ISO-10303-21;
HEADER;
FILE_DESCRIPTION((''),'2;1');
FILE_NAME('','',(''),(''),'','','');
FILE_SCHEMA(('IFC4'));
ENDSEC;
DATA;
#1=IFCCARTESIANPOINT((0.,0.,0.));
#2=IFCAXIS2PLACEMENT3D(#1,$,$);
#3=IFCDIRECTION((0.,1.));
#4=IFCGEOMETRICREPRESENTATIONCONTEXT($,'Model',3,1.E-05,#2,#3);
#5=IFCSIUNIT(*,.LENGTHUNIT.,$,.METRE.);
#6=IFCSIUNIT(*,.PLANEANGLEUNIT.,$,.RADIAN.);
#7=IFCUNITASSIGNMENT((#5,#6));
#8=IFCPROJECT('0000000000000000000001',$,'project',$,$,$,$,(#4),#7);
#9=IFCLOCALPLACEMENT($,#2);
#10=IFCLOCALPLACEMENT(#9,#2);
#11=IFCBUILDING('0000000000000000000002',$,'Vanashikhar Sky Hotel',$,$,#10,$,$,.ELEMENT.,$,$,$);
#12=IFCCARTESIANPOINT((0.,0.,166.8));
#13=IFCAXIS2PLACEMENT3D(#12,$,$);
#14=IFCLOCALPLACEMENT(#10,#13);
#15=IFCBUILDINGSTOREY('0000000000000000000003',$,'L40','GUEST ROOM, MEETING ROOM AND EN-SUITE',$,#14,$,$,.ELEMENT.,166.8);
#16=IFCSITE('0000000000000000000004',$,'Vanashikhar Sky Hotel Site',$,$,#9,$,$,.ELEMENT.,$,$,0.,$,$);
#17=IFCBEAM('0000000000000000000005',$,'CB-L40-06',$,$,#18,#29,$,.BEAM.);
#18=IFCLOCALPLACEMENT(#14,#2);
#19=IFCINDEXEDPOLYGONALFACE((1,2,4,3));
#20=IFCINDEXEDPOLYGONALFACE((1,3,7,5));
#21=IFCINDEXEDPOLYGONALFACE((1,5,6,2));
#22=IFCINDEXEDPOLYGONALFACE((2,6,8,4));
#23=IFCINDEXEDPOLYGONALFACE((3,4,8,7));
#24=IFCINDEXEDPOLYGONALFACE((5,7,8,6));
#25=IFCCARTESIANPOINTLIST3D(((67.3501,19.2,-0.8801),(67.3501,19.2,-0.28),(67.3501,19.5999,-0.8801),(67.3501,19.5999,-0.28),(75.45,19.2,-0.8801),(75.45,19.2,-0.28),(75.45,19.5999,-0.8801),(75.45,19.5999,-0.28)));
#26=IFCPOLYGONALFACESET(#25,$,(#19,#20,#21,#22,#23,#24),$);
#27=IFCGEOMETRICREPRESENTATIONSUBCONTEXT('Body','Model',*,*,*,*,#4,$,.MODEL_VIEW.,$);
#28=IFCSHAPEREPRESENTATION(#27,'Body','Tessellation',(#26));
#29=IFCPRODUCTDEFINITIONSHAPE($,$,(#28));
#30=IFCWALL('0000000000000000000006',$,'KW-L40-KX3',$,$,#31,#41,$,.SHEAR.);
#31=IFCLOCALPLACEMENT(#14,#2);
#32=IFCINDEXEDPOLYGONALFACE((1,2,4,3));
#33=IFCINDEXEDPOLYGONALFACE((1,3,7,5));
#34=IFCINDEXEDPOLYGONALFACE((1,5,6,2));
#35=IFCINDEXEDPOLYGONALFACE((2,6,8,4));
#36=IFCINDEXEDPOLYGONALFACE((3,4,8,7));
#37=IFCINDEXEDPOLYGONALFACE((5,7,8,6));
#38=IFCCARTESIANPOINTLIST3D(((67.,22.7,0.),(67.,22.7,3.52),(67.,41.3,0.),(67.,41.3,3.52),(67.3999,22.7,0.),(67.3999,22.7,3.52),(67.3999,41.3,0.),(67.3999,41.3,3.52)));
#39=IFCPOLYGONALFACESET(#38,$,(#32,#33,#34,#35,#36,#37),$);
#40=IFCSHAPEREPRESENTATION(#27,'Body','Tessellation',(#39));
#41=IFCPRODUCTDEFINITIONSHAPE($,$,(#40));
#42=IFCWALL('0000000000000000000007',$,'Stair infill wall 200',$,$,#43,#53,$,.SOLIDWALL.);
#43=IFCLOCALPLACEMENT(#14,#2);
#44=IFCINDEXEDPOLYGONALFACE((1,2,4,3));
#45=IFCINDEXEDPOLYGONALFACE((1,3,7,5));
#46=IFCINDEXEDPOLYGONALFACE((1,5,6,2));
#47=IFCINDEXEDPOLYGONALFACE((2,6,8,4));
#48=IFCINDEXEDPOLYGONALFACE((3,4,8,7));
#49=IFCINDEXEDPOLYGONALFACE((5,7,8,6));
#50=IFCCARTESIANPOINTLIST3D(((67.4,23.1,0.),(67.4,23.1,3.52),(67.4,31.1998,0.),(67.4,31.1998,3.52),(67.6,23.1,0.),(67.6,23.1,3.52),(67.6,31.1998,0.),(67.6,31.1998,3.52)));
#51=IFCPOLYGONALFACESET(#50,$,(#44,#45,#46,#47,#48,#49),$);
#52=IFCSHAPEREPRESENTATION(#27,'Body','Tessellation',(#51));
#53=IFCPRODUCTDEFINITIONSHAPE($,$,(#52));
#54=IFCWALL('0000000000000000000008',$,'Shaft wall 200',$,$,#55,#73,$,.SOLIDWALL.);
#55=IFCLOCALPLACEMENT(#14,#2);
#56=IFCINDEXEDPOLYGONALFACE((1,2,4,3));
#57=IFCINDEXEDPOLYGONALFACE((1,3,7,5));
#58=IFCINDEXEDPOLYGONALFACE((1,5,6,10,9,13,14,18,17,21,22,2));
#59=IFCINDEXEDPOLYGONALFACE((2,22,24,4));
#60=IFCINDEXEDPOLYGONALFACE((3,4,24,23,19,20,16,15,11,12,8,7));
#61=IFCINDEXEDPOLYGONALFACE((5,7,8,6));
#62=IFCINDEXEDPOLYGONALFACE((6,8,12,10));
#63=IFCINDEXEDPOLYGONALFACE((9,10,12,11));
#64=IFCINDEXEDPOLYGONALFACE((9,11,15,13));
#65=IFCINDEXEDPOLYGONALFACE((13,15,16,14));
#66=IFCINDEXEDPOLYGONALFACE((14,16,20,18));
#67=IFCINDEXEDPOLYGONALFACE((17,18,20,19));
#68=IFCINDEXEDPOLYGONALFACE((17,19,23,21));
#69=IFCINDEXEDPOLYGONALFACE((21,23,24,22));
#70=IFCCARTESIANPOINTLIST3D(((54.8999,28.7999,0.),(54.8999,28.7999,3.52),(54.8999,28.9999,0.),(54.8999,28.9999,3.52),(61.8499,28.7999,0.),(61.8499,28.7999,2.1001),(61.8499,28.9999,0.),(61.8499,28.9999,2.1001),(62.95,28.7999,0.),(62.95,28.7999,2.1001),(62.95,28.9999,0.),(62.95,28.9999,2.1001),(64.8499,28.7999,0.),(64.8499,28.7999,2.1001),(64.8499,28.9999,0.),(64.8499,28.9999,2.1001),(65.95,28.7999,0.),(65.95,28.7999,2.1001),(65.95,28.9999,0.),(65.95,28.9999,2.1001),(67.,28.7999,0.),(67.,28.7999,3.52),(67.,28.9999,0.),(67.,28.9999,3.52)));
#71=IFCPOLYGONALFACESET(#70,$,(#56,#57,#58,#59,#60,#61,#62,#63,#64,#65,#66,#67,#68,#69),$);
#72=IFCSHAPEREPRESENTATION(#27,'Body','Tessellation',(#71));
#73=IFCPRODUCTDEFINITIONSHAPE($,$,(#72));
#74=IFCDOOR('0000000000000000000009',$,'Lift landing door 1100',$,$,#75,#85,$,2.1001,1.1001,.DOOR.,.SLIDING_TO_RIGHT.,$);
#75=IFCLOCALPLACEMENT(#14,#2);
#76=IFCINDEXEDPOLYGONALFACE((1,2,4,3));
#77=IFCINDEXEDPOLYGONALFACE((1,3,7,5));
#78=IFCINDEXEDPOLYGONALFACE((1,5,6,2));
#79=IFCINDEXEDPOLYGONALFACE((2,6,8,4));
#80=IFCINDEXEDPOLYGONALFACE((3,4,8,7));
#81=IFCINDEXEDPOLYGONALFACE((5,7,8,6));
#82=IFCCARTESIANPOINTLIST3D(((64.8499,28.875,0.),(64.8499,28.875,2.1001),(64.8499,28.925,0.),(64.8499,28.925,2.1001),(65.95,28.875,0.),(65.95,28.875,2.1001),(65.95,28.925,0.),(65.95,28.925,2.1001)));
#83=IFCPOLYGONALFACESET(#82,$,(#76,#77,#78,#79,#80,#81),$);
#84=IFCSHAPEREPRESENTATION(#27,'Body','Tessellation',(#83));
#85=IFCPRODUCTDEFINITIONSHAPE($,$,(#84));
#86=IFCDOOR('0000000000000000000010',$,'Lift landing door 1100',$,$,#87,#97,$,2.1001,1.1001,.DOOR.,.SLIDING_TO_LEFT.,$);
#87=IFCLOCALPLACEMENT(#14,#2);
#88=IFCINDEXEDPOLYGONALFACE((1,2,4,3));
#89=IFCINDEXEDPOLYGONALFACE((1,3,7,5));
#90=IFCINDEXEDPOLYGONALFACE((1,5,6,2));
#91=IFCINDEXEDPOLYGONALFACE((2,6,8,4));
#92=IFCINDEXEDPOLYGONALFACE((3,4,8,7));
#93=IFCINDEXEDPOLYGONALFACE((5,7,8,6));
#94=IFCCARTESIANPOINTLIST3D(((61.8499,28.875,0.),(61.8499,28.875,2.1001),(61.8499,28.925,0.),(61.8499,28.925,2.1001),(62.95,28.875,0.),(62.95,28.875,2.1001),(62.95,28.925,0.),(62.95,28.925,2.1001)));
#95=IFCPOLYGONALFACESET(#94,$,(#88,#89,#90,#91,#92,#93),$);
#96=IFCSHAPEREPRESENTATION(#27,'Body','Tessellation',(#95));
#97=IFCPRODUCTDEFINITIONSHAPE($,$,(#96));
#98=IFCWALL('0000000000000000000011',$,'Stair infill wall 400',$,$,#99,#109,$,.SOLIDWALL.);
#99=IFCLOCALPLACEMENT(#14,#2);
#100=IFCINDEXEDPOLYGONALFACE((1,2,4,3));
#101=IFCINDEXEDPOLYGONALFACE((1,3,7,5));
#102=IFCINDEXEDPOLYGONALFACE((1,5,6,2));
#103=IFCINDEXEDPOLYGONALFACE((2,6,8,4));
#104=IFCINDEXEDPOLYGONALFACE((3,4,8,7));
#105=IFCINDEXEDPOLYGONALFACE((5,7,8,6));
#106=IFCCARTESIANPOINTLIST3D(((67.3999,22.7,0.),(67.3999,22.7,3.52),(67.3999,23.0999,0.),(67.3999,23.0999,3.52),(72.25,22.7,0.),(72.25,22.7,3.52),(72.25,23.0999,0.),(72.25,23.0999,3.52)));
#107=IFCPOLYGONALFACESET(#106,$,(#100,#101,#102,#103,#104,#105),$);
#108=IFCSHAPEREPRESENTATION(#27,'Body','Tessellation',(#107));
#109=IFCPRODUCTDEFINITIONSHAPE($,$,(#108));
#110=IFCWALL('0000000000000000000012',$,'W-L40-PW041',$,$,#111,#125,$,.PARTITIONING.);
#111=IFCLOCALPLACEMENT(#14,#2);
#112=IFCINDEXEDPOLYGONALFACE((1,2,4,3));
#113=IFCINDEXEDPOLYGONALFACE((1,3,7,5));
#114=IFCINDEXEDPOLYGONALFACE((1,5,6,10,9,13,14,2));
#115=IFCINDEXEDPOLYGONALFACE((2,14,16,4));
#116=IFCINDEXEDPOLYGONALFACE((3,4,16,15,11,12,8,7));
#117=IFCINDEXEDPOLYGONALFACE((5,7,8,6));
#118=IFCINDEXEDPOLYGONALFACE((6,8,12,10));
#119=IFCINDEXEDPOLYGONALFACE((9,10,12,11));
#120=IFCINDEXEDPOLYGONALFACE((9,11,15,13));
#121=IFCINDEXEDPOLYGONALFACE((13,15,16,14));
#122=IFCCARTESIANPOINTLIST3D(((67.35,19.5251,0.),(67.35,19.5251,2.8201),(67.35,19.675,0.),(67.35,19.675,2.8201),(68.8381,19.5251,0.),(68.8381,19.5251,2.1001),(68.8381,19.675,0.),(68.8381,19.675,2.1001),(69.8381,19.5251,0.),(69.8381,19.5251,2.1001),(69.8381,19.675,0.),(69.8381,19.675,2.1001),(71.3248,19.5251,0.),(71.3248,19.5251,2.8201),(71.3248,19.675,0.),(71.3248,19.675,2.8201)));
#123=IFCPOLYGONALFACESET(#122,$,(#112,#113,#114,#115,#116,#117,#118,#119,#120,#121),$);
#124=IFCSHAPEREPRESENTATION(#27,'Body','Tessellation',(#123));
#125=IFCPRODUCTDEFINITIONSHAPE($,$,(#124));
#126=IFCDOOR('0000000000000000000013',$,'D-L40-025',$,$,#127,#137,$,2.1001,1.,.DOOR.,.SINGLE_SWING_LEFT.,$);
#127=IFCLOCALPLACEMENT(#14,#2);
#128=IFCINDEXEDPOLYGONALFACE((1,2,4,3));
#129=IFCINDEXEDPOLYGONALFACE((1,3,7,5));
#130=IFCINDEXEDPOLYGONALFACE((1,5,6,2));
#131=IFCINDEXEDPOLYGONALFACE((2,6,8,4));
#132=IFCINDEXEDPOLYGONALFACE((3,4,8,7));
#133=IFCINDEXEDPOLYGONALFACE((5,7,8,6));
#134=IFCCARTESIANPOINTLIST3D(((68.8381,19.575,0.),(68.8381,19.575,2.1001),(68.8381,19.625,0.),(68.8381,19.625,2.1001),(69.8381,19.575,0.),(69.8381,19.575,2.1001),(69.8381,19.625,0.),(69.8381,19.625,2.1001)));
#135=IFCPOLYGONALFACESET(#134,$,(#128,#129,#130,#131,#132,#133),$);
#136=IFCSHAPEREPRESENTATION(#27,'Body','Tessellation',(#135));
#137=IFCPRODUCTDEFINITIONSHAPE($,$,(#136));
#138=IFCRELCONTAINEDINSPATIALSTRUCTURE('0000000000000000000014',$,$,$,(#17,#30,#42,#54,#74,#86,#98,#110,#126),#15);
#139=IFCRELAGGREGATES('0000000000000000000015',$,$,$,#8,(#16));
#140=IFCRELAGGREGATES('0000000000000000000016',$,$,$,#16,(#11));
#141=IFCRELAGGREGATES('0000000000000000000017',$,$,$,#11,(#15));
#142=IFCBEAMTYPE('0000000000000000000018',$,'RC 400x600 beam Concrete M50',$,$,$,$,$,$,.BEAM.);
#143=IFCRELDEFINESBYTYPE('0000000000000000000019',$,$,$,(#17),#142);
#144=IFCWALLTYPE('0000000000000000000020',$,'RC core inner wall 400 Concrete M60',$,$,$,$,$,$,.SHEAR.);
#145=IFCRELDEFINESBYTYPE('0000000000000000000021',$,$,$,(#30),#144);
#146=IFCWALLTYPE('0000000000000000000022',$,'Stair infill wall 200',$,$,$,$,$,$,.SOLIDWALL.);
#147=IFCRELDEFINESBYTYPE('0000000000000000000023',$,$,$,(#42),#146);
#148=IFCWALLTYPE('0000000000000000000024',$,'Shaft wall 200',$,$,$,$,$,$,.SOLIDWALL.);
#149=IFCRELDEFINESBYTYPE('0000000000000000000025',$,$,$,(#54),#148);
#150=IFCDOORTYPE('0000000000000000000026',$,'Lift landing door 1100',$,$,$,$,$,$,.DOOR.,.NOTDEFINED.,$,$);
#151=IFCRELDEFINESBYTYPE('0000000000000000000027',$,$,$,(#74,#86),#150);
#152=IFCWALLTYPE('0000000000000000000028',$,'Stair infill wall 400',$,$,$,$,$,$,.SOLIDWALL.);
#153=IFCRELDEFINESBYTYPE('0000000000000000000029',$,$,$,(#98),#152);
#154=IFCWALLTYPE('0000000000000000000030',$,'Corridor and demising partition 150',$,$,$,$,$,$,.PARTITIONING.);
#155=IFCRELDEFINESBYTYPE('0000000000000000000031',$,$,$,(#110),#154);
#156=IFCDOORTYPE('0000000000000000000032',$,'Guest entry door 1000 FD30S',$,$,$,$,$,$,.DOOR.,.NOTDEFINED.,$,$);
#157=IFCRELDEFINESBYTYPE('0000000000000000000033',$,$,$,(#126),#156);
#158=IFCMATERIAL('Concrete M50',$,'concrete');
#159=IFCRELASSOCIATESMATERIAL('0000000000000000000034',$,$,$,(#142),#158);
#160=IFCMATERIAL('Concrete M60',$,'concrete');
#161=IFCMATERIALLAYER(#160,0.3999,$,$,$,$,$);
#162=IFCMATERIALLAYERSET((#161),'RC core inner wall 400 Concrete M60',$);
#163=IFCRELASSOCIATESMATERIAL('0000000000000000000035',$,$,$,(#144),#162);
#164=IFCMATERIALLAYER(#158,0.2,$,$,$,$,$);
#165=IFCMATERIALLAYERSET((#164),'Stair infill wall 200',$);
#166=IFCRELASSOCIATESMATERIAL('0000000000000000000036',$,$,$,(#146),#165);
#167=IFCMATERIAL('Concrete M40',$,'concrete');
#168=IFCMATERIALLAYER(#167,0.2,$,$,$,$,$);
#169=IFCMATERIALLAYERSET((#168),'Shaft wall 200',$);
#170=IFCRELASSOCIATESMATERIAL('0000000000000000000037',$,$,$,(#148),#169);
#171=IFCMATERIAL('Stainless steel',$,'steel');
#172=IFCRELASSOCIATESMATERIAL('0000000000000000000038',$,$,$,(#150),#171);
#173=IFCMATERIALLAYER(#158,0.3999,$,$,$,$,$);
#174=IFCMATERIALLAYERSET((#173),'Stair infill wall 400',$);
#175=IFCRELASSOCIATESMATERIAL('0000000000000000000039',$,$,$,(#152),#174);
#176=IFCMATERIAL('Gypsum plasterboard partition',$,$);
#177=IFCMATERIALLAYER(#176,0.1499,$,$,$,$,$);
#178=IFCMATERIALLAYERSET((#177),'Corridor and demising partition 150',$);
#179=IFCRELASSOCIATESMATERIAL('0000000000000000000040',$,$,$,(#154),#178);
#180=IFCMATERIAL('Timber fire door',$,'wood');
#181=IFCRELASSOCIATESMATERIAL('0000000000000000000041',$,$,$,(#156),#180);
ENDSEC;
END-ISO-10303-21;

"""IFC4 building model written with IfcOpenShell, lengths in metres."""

from ifc_helpers import new_model, si_unit, direction, frame, frame_2d, origin, origin_2d, place, context, subcontext, project, spatial, rectangle, extrude, source, transform, mapped, material, layer, layer_set, material_profile, profile_set, type_object, element, fill, save


model = new_model("IFC4")

# Units and contexts
model_context = context("Model", 3, precision=1e-05, world=origin(), true_north=direction((0.0, 1.0)))
body_context = subcontext(model_context, "Body", "Model", "MODEL_VIEW")
ifc_project = project(units=[si_unit("LENGTHUNIT", "METRE"), si_unit("PLANEANGLEUNIT", "RADIAN")], contexts=[model_context])

# Site, building, storey
site_placement = place(None, origin())
site = spatial("IfcSite", under=ifc_project, at=site_placement, Name="Vanashikhar Sky Hotel Site", CompositionType="ELEMENT", RefElevation=0.0)
building_placement = place(site_placement, origin())
building = spatial("IfcBuilding", under=site, at=building_placement, Name="Vanashikhar Sky Hotel", CompositionType="ELEMENT")
storey_placement = place(building_placement, frame((0.0, 0.0, 166.8)))
storey = spatial("IfcBuildingStorey", under=building, at=storey_placement, Name="L40", Description="GUEST ROOM, MEETING ROOM AND EN-SUITE", CompositionType="ELEMENT", Elevation=166.8)

# Beam
ifc_material_1 = material(Name="Concrete M50", Category="concrete")
ifc_material_profile = material_profile(ifc_material_1, rectangle(XDim=0.3999, YDim=0.6001, at=origin_2d()))
ifc_profile_set = profile_set([ifc_material_profile], Name="RC 400x600 beam Concrete M50")
beam_type = type_object("IfcBeamType", Name="RC 400x600 beam Concrete M50", PredefinedType="BEAM", material=ifc_profile_set)
shared_shape_1 = source(origin(), body_context, "Body", "SweptSolid", [
    extrude(rectangle(XDim=0.3999, YDim=0.6001, at=origin_2d()), origin(), (0.0, 0.0, 1.0), 8.0999),
])
beam_placement = place(storey_placement, frame((67.3501, 19.3999, -0.5801), z_axis=(1.0, 0.0, 0.0), x_axis=(0.0, 1.0, 0.0)))
element("IfcBeam", 1, at=beam_placement, inside=storey, type_object=beam_type, Name="CB-L40-06", PredefinedType="BEAM", context=body_context, shape_type="MappedRepresentation", body=[
    mapped(shared_shape_1, transform((0.0, 0.0, 0.0), scale=1.0)),
])

# Walls
ifc_material_2 = material(Name="Concrete M60", Category="concrete")
ifc_layer_1 = layer(ifc_material_2, 0.3999)
ifc_layer_set_1 = layer_set([ifc_layer_1], Name="RC core inner wall 400 Concrete M60")
wall_type_1 = type_object("IfcWallType", Name="RC core inner wall 400 Concrete M60", PredefinedType="SHEAR", material=ifc_layer_set_1)
shared_shape_2 = source(origin(), body_context, "Body", "SweptSolid", [
    extrude(rectangle(XDim=18.6001, YDim=0.3999, at=frame_2d((9.3, 0.0))), origin(), (0.0, 0.0, 1.0), 3.52),
])
wall_1_placement = place(storey_placement, frame((67.2, 22.7, 0.0), z_axis=(0.0, 0.0, 1.0), x_axis=(0.0, 1.0, 0.0)))
element("IfcWall", 2, at=wall_1_placement, inside=storey, type_object=wall_type_1, Name="KW-L40-KX3", PredefinedType="SHEAR", context=body_context, shape_type="MappedRepresentation", body=[
    mapped(shared_shape_2, transform((0.0, 0.0, 0.0), scale=1.0)),
])
ifc_layer_2 = layer(ifc_material_1, 0.2)
ifc_layer_set_2 = layer_set([ifc_layer_2], Name="Stair infill wall 200")
wall_type_2 = type_object("IfcWallType", Name="Stair infill wall 200", PredefinedType="SOLIDWALL", material=ifc_layer_set_2)
shared_shape_3 = source(origin(), body_context, "Body", "SweptSolid", [
    extrude(rectangle(XDim=8.0999, YDim=0.2, at=frame_2d((4.0498, 0.0))), origin(), (0.0, 0.0, 1.0), 3.52),
])
wall_2_placement = place(storey_placement, frame((67.5, 23.1001, 0.0), z_axis=(0.0, 0.0, 1.0), x_axis=(0.0, 1.0, 0.0)))
element("IfcWall", 3, at=wall_2_placement, inside=storey, type_object=wall_type_2, Name="Stair infill wall 200", PredefinedType="SOLIDWALL", context=body_context, shape_type="MappedRepresentation", body=[
    mapped(shared_shape_3, transform((0.0, 0.0, 0.0), scale=1.0)),
])

# Wall, openings, doors
ifc_material_3 = material(Name="Concrete M40", Category="concrete")
ifc_layer_3 = layer(ifc_material_3, 0.2)
ifc_layer_set_3 = layer_set([ifc_layer_3], Name="Shaft wall 200")
wall_type_3 = type_object("IfcWallType", Name="Shaft wall 200", PredefinedType="SOLIDWALL", material=ifc_layer_set_3)
shared_shape_4 = source(origin(), body_context, "Body", "SweptSolid", [
    extrude(rectangle(XDim=12.1001, YDim=0.2, at=frame_2d((6.05, 0.0))), origin(), (0.0, 0.0, 1.0), 3.52),
])
wall_3_placement = place(storey_placement, frame((67.0, 28.8999, 0.0), z_axis=(0.0, 0.0, 1.0), x_axis=(-1.0, 0.0, 0.0)))
wall_3 = element("IfcWall", 4, at=wall_3_placement, inside=storey, type_object=wall_type_3, Name="Shaft wall 200", PredefinedType="SOLIDWALL", context=body_context, shape_type="MappedRepresentation", body=[
    mapped(shared_shape_4, transform((0.0, 0.0, 0.0), scale=1.0)),
])
shared_shape_5 = source(origin(), body_context, "Body", "SweptSolid", [
    extrude(rectangle(XDim=1.1001, YDim=2.1001, at=frame_2d((0.55, 1.05))), frame((0.0, 0.1099, 0.0), z_axis=(0.0, -1.0, 0.0), x_axis=(1.0, 0.0, 0.0)), (0.0, 0.0, 1.0), 0.22),
])
opening_1_placement = place(wall_3_placement, frame((1.05, 0.0, 0.0)))
opening_1 = element("IfcOpeningElement", 5, at=opening_1_placement, cuts=wall_3, PredefinedType="OPENING", context=body_context, shape_type="MappedRepresentation", body=[
    mapped(shared_shape_5, transform((0.0, 0.0, 0.0), scale=1.0)),
])
opening_2_placement = place(wall_3_placement, frame((4.05, 0.0, 0.0)))
opening_2 = element("IfcOpeningElement", 6, at=opening_2_placement, cuts=wall_3, PredefinedType="OPENING", context=body_context, shape_type="MappedRepresentation", body=[
    mapped(shared_shape_5, transform((0.0, 0.0, 0.0), scale=1.0)),
])
ifc_material_4 = material(Name="Stainless steel", Category="steel")
door_type_1 = type_object("IfcDoorType", Name="Lift landing door 1100", OperationType="NOTDEFINED", PredefinedType="DOOR", material=ifc_material_4)
shared_shape_6 = source(origin(), body_context, "Body", "SweptSolid", [
    extrude(rectangle(XDim=1.1001, YDim=2.1001, at=frame_2d((0.55, 1.05))), frame((0.0, 0.0249, 0.0), z_axis=(0.0, -1.0, 0.0), x_axis=(1.0, 0.0, 0.0)), (0.0, 0.0, 1.0), 0.05),
])
door_1_placement = place(opening_1_placement, origin())
door_1 = element("IfcDoor", 7, at=door_1_placement, inside=storey, type_object=door_type_1, Name="Lift landing door 1100", OperationType="SLIDING_TO_RIGHT", OverallHeight=2.1001, OverallWidth=1.1001, PredefinedType="DOOR", context=body_context, shape_type="MappedRepresentation", body=[
    mapped(shared_shape_6, transform((0.0, 0.0, 0.0), scale=1.0)),
])
fill(opening_1, door_1)
door_2_placement = place(opening_2_placement, origin())
door_2 = element("IfcDoor", 8, at=door_2_placement, inside=storey, type_object=door_type_1, Name="Lift landing door 1100", OperationType="SLIDING_TO_LEFT", OverallHeight=2.1001, OverallWidth=1.1001, PredefinedType="DOOR", context=body_context, shape_type="MappedRepresentation", body=[
    mapped(shared_shape_6, transform((0.0, 0.0, 0.0), scale=1.0)),
])
fill(opening_2, door_2)

# Wall
ifc_layer_4 = layer(ifc_material_1, 0.3999)
ifc_layer_set_4 = layer_set([ifc_layer_4], Name="Stair infill wall 400")
wall_type_4 = type_object("IfcWallType", Name="Stair infill wall 400", PredefinedType="SOLIDWALL", material=ifc_layer_set_4)
shared_shape_7 = source(origin(), body_context, "Body", "SweptSolid", [
    extrude(rectangle(XDim=4.8501, YDim=0.3999, at=frame_2d((2.425, 0.0))), origin(), (0.0, 0.0, 1.0), 3.52),
])
wall_4_placement = place(storey_placement, frame((67.3999, 22.8999, 0.0), z_axis=(0.0, 0.0, 1.0), x_axis=(1.0, 0.0, 0.0)))
element("IfcWall", 9, at=wall_4_placement, inside=storey, type_object=wall_type_4, Name="Stair infill wall 400", PredefinedType="SOLIDWALL", context=body_context, shape_type="MappedRepresentation", body=[
    mapped(shared_shape_7, transform((0.0, 0.0, 0.0), scale=1.0)),
])

# Wall, opening, door
ifc_material_5 = material(Name="Gypsum plasterboard partition")
ifc_layer_5 = layer(ifc_material_5, 0.1499)
ifc_layer_set_5 = layer_set([ifc_layer_5], Name="Corridor and demising partition 150")
wall_type_5 = type_object("IfcWallType", Name="Corridor and demising partition 150", PredefinedType="PARTITIONING", material=ifc_layer_set_5)
shared_shape_8 = source(origin(), body_context, "Body", "SweptSolid", [
    extrude(rectangle(XDim=3.9749, YDim=0.1499, at=frame_2d((1.9873, 0.0))), origin(), (0.0, 0.0, 1.0), 2.8201),
])
wall_5_placement = place(storey_placement, frame((67.3501, 19.6001, 0.0), z_axis=(0.0, 0.0, 1.0), x_axis=(1.0, 0.0, 0.0)))
wall_5 = element("IfcWall", 10, at=wall_5_placement, inside=storey, type_object=wall_type_5, Name="W-L40-PW041", PredefinedType="PARTITIONING", context=body_context, shape_type="MappedRepresentation", body=[
    mapped(shared_shape_8, transform((0.0, 0.0, 0.0), scale=1.0)),
])
shared_shape_9 = source(origin(), body_context, "Body", "SweptSolid", [
    extrude(rectangle(XDim=1.0, YDim=2.1001, at=frame_2d((0.5, 1.05))), frame((0.0, 0.085, 0.0), z_axis=(0.0, -1.0, 0.0), x_axis=(1.0, 0.0, 0.0)), (0.0, 0.0, 1.0), 0.1699),
])
opening_3_placement = place(wall_5_placement, frame((1.488, 0.0, 0.0)))
opening_3 = element("IfcOpeningElement", 11, at=opening_3_placement, cuts=wall_5, PredefinedType="OPENING", context=body_context, shape_type="MappedRepresentation", body=[
    mapped(shared_shape_9, transform((0.0, 0.0, 0.0), scale=1.0)),
])
ifc_material_6 = material(Name="Timber fire door", Category="wood")
door_type_2 = type_object("IfcDoorType", Name="Guest entry door 1000 FD30S", OperationType="NOTDEFINED", PredefinedType="DOOR", material=ifc_material_6)
shared_shape_10 = source(origin(), body_context, "Body", "SweptSolid", [
    extrude(rectangle(XDim=1.0, YDim=2.1001, at=frame_2d((0.5, 1.05))), frame((0.0, 0.0249, 0.0), z_axis=(0.0, -1.0, 0.0), x_axis=(1.0, 0.0, 0.0)), (0.0, 0.0, 1.0), 0.05),
])
door_3_placement = place(opening_3_placement, origin())
door_3 = element("IfcDoor", 12, at=door_3_placement, inside=storey, type_object=door_type_2, Name="D-L40-025", OperationType="SINGLE_SWING_LEFT", OverallHeight=2.1001, OverallWidth=1.0, PredefinedType="DOOR", context=body_context, shape_type="MappedRepresentation", body=[
    mapped(shared_shape_10, transform((0.0, 0.0, 0.0), scale=1.0)),
])
fill(opening_3, door_3)

save(model, "model.ifc")
